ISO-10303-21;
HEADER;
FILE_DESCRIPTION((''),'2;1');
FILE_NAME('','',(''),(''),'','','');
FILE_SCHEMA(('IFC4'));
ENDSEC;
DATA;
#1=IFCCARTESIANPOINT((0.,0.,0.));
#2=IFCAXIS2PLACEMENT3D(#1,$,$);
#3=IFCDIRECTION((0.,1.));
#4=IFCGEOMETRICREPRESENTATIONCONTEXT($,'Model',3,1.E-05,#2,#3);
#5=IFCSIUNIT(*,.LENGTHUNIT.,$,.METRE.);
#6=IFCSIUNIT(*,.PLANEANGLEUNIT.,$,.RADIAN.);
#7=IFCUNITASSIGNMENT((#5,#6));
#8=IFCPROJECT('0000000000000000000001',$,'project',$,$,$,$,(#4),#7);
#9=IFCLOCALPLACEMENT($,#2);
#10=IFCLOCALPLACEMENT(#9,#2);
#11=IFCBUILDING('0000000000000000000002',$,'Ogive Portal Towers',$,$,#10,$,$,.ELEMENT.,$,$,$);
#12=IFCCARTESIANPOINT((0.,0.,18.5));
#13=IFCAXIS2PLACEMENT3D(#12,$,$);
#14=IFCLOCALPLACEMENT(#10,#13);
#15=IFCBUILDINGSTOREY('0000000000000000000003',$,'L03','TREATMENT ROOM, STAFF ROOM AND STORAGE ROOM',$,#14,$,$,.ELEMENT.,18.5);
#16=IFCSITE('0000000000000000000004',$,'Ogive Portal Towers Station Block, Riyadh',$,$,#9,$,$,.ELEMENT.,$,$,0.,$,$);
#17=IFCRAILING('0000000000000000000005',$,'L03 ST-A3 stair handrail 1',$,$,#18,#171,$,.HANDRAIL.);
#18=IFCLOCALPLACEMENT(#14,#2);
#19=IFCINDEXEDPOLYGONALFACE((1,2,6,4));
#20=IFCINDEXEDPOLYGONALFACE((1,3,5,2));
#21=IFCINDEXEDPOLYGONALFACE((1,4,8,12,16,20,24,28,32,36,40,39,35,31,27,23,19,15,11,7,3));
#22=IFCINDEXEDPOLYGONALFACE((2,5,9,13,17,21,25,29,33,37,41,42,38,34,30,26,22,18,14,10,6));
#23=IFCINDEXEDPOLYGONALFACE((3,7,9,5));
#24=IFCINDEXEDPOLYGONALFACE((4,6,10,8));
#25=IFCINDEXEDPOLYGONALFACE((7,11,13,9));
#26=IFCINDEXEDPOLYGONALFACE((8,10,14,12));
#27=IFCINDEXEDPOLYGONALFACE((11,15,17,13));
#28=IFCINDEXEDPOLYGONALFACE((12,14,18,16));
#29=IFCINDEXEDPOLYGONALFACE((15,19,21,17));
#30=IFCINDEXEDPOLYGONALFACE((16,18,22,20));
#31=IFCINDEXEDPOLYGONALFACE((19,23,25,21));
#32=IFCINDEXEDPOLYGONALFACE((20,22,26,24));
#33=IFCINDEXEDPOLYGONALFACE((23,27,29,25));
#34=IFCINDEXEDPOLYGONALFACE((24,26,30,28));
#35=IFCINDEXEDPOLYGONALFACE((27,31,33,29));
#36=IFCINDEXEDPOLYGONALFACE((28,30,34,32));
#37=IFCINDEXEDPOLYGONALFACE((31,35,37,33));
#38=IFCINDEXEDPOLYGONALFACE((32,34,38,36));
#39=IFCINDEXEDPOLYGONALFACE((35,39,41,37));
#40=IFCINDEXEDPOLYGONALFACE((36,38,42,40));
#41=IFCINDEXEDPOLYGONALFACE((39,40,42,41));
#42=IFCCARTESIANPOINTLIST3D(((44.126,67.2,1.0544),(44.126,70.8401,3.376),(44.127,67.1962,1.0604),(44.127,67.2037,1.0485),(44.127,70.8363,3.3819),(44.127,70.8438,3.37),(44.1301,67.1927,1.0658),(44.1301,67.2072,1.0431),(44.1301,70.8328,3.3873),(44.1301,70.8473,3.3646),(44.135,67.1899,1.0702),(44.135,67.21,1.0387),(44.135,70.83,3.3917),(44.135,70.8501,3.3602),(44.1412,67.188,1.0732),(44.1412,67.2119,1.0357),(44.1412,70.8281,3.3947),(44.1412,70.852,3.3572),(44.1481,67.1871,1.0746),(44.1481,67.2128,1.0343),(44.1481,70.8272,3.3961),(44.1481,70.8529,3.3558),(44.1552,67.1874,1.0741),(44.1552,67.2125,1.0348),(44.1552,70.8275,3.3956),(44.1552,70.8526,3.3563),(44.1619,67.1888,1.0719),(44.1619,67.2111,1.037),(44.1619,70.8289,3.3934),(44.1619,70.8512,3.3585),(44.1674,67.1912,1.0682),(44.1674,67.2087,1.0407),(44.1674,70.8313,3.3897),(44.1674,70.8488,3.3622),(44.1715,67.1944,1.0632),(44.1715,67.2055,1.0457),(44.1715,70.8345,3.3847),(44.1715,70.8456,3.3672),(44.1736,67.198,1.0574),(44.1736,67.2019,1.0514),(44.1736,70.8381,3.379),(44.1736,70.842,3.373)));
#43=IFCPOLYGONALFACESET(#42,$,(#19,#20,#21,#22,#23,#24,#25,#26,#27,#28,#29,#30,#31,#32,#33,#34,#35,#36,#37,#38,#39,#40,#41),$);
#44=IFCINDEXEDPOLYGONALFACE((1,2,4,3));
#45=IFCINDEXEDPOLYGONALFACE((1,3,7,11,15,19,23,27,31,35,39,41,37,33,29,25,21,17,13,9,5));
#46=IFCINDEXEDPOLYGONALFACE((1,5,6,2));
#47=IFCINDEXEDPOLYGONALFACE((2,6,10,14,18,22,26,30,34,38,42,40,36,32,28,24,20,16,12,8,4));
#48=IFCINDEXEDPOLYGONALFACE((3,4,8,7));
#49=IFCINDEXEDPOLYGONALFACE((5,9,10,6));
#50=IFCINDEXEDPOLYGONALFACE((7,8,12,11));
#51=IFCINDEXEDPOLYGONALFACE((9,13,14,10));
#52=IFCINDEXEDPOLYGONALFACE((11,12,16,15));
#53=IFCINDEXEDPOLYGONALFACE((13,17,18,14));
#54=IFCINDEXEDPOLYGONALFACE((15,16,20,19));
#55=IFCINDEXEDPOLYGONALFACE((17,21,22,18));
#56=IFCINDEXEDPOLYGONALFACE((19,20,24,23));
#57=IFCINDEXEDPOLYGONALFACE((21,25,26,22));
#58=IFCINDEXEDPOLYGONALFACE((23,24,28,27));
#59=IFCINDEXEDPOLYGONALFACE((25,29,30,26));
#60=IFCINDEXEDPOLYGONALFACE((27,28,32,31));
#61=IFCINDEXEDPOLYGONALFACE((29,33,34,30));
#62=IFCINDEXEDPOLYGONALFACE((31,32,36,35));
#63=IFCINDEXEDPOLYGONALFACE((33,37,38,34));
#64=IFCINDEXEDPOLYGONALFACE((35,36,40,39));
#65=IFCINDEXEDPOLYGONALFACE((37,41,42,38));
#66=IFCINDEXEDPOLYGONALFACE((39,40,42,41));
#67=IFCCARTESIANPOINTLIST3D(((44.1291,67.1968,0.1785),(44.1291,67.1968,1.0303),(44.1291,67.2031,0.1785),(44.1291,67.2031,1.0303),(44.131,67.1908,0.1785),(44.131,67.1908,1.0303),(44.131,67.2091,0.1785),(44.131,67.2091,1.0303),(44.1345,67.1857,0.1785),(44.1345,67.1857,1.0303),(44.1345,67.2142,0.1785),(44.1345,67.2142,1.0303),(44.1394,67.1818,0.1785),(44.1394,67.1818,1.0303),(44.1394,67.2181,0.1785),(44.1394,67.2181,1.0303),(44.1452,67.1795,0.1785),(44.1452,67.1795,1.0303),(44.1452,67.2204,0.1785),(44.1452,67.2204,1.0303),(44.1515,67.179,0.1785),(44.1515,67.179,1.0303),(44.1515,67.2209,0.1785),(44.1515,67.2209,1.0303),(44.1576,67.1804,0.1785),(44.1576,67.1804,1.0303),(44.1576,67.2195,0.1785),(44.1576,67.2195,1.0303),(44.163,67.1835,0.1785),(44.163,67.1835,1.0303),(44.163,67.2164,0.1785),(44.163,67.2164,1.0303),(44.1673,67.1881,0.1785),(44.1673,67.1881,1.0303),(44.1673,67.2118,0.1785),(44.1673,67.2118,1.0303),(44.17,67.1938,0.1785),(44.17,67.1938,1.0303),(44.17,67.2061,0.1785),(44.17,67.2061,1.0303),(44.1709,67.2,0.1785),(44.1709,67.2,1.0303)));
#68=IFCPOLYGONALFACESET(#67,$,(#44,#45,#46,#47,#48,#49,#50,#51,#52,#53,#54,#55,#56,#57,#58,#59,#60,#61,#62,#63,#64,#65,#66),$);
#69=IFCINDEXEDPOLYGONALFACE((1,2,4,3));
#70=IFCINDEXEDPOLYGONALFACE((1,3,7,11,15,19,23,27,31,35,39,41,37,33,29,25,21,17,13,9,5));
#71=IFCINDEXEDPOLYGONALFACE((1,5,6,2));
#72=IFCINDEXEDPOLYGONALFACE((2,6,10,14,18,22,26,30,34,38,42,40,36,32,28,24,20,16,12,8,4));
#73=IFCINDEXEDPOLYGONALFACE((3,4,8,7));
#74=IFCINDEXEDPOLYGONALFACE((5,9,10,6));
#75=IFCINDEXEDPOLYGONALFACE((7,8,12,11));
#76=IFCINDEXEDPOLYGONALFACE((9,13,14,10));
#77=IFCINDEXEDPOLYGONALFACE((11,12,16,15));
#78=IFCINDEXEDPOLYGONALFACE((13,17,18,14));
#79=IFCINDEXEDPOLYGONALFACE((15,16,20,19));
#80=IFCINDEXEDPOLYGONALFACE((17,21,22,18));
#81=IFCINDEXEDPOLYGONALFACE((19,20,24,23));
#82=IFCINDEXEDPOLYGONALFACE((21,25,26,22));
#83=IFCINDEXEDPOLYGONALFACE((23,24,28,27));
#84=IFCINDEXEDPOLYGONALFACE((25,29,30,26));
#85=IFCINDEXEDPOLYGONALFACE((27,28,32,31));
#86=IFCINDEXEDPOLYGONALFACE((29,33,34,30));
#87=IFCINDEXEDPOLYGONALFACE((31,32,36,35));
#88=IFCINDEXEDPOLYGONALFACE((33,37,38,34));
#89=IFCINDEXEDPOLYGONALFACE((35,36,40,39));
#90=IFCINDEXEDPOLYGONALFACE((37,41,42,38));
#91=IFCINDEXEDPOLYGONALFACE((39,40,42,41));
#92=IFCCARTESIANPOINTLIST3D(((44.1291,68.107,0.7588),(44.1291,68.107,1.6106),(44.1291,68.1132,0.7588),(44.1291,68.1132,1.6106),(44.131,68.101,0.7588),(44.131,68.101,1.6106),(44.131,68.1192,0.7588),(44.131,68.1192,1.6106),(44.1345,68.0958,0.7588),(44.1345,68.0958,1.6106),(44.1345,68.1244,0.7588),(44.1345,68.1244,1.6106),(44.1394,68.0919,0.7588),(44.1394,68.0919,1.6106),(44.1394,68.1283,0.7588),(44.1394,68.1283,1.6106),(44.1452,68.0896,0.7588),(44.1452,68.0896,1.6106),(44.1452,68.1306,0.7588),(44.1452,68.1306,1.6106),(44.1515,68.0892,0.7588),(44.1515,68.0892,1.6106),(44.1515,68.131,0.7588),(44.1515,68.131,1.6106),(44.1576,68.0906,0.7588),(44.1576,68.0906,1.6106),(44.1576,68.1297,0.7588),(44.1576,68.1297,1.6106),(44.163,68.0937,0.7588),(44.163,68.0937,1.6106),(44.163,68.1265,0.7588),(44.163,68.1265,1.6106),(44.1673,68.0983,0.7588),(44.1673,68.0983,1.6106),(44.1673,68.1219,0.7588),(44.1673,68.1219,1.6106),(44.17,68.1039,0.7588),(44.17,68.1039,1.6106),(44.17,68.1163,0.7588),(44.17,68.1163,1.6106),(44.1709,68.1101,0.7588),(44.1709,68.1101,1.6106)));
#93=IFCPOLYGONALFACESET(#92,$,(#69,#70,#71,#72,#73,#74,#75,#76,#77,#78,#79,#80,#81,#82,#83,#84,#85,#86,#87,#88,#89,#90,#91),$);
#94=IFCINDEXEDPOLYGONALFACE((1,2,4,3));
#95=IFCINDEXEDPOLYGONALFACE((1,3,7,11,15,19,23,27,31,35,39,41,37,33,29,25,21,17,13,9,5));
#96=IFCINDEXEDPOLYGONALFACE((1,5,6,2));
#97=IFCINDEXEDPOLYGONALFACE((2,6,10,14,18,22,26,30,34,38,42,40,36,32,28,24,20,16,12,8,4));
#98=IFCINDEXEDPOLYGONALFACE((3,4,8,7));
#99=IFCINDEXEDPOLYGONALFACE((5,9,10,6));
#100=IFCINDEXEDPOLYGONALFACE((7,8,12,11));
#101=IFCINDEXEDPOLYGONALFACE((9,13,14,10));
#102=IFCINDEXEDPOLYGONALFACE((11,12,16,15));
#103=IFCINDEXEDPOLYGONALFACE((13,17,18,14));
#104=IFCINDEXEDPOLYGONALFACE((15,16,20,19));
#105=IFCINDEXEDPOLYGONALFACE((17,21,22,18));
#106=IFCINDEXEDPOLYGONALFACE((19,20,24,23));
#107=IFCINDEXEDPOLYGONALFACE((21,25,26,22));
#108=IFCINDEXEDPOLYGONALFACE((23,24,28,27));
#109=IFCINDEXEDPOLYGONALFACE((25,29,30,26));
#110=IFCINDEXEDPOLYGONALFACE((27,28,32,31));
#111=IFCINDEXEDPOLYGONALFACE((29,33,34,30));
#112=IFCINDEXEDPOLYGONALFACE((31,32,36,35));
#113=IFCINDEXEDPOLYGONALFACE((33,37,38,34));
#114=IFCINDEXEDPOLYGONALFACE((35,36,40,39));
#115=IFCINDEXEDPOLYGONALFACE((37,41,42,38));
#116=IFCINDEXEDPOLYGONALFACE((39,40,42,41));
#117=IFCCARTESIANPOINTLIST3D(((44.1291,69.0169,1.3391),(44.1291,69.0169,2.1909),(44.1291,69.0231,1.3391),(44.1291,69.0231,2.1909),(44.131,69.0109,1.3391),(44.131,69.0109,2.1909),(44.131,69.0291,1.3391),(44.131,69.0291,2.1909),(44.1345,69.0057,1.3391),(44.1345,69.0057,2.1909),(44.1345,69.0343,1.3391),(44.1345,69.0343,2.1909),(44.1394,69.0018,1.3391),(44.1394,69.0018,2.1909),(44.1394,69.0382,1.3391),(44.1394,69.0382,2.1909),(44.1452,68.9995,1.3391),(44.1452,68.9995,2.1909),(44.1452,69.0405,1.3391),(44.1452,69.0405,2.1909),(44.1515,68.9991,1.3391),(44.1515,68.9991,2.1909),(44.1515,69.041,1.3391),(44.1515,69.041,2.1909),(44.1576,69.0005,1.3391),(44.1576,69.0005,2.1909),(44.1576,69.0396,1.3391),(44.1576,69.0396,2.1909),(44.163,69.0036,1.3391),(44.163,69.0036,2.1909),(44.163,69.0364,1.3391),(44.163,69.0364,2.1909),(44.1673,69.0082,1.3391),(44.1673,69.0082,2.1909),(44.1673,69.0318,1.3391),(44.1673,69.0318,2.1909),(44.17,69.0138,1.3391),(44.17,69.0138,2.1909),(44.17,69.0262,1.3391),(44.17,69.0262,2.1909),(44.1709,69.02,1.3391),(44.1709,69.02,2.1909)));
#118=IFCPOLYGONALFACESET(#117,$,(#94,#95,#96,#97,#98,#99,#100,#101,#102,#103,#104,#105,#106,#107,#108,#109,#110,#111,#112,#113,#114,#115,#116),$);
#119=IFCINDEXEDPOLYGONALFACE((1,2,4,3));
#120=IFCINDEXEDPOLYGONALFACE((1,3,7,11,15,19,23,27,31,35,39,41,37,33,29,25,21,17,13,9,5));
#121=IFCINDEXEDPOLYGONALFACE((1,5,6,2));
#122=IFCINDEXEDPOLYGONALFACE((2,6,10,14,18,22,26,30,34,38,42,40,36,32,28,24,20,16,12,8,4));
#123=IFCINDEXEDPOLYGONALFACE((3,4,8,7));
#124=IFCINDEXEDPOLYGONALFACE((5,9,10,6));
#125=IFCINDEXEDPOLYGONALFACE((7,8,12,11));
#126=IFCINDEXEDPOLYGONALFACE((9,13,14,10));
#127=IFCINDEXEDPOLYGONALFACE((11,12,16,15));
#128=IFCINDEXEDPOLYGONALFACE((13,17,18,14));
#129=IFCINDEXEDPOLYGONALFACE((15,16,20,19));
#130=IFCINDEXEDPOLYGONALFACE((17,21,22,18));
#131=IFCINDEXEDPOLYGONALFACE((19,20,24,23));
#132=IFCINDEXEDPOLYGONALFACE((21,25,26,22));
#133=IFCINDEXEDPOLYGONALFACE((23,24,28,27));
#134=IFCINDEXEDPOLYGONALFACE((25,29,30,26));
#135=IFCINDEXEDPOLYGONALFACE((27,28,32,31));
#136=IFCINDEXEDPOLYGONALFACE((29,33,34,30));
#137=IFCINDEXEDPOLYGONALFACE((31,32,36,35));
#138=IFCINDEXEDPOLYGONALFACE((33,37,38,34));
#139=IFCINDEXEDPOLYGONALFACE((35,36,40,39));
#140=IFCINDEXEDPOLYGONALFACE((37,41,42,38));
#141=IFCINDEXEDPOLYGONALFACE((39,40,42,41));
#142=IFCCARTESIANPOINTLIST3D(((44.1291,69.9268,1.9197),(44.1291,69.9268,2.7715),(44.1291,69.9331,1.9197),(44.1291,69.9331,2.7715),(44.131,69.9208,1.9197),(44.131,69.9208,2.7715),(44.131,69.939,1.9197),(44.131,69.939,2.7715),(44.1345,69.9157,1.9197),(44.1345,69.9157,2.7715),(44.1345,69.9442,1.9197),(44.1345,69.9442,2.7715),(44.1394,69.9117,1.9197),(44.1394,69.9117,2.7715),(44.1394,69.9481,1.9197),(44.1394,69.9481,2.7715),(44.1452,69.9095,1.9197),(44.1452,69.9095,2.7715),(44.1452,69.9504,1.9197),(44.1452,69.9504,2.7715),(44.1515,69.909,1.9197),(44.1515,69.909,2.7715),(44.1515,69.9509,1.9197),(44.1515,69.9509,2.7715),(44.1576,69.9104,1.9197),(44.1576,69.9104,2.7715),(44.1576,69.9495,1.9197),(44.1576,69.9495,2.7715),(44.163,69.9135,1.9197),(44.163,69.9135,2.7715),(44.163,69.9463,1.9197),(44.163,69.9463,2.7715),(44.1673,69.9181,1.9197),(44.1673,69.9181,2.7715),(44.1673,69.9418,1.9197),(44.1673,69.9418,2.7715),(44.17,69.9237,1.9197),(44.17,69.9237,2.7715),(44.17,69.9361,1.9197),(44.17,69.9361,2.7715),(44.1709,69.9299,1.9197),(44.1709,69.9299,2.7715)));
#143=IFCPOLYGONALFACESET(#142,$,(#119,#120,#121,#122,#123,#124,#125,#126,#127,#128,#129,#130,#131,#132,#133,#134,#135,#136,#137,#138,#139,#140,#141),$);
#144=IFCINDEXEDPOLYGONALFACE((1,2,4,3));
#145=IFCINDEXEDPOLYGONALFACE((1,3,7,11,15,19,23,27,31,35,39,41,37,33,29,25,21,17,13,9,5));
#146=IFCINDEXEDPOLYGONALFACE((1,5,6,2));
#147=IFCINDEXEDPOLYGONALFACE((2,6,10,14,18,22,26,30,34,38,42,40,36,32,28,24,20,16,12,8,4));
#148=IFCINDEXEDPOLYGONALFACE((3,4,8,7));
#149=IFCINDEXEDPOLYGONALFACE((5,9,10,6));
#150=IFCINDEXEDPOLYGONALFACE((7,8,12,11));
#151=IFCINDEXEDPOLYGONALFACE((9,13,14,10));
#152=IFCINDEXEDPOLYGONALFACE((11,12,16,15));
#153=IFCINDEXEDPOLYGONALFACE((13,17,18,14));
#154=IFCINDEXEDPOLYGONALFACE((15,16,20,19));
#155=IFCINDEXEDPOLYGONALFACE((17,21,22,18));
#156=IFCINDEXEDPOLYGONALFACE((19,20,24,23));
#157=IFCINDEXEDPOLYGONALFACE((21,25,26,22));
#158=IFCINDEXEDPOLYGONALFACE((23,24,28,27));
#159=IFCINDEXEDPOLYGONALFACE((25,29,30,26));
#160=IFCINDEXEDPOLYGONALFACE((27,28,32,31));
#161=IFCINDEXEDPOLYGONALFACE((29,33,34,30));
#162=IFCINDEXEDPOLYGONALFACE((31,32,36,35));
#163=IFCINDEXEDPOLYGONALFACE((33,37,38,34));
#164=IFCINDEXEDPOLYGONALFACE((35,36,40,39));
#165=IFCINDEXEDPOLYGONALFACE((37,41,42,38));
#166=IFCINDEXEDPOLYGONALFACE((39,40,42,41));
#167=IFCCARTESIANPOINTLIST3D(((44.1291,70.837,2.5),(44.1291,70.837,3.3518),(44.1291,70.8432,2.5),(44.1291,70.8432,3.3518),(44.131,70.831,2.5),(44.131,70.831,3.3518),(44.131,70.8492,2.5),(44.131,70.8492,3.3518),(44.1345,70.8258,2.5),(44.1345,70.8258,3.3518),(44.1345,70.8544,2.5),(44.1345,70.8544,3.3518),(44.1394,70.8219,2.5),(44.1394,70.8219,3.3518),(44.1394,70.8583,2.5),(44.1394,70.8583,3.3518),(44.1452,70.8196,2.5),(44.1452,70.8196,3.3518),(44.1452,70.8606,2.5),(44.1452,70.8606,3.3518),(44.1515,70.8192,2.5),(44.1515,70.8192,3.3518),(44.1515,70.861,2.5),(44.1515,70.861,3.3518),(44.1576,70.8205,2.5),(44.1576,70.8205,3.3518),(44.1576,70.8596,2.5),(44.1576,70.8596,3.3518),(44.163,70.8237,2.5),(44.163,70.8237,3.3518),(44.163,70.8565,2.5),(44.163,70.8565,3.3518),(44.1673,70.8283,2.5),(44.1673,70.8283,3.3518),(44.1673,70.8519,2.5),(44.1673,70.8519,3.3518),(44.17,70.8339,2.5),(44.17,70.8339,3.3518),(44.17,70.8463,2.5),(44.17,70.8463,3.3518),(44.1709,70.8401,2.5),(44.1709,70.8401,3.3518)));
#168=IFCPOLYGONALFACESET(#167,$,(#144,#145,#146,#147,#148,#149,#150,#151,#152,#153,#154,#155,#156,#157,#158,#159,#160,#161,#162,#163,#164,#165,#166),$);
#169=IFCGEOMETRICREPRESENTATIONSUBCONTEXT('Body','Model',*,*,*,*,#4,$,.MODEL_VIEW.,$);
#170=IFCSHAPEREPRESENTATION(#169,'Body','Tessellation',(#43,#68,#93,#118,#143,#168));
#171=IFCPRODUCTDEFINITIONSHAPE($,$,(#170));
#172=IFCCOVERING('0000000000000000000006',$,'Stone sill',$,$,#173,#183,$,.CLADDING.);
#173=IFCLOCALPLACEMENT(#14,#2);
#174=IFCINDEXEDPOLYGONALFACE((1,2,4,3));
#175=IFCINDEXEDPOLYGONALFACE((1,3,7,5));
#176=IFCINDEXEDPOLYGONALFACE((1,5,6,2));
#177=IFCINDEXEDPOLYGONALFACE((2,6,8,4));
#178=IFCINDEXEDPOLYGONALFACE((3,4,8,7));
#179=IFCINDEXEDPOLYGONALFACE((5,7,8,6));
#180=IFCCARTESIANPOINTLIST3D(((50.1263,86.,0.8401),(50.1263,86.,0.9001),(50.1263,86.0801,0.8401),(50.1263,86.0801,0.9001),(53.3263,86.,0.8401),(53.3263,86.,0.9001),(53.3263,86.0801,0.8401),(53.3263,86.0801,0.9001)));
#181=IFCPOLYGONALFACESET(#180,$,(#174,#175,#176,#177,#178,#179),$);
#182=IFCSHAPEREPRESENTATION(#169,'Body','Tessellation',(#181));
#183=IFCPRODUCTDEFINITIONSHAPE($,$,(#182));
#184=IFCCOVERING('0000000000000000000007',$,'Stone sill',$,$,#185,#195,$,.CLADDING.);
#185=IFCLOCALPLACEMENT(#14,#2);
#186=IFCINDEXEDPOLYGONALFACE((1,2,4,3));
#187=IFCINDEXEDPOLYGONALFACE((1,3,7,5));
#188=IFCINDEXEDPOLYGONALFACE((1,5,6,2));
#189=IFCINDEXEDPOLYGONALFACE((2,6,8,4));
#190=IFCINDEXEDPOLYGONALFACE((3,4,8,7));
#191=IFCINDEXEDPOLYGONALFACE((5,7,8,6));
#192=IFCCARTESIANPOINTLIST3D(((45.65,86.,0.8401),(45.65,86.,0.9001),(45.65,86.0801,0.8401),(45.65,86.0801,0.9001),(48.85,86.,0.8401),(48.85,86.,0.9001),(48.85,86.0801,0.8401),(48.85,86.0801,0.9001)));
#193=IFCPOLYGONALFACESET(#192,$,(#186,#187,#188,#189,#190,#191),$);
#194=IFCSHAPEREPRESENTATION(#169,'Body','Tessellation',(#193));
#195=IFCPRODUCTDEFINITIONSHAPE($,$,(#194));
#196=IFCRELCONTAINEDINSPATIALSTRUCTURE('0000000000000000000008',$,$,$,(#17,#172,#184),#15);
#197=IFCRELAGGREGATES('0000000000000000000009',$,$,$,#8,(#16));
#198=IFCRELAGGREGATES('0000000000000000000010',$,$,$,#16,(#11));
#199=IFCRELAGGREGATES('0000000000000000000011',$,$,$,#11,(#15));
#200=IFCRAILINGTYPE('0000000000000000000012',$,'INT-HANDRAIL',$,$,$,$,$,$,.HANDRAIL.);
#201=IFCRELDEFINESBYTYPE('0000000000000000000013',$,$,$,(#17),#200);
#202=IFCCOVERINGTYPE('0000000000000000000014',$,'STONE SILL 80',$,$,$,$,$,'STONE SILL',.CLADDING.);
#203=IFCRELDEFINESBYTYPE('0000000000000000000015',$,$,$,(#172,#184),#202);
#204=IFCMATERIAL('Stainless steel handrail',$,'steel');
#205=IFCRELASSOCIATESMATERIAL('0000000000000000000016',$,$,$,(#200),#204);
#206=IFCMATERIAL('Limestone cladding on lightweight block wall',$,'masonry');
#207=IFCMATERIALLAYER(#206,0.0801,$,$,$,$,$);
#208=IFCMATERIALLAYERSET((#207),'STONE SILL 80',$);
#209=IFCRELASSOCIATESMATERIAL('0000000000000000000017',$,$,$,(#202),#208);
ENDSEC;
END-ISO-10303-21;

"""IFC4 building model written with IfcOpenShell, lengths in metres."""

from ifc_helpers import new_model, si_unit, direction, frame, origin, origin_2d, place, context, subcontext, project, spatial, rectangle, circle, extrude, material, layer, layer_set, type_object, element, save


model = new_model("IFC4")

# Units and contexts
model_context = context("Model", 3, precision=1e-05, world=origin(), true_north=direction((0.0, 1.0)))
body_context = subcontext(model_context, "Body", "Model", "MODEL_VIEW")
ifc_project = project(units=[si_unit("LENGTHUNIT", "METRE"), si_unit("PLANEANGLEUNIT", "RADIAN")], contexts=[model_context])

# Site, building, storey
site_placement = place(None, origin())
site = spatial("IfcSite", under=ifc_project, at=site_placement, Name="Ogive Portal Towers Station Block, Riyadh", CompositionType="ELEMENT", RefElevation=0.0)
building_placement = place(site_placement, origin())
building = spatial("IfcBuilding", under=site, at=building_placement, Name="Ogive Portal Towers", CompositionType="ELEMENT")
storey_placement = place(building_placement, frame((0.0, 0.0, 18.5)))
storey = spatial("IfcBuildingStorey", under=building, at=storey_placement, Name="L03", Description="TREATMENT ROOM, STAFF ROOM AND STORAGE ROOM", CompositionType="ELEMENT", Elevation=18.5)

# Shared definitions
ifc_material_1 = material(Name="Limestone cladding on lightweight block wall", Category="masonry")

# Railing
ifc_material_2 = material(Name="Stainless steel handrail", Category="steel")
railing_type = type_object("IfcRailingType", Name="INT-HANDRAIL", PredefinedType="HANDRAIL", material=ifc_material_2)
railing_placement = place(storey_placement, frame((44.1499, 67.2, 0.1785)))
element("IfcRailing", 1, at=railing_placement, inside=storey, type_object=railing_type, Name="L03 ST-A3 stair handrail 1", PredefinedType="HANDRAIL", context=body_context, shape_type="SweptSolid", body=[
    extrude(circle(Radius=0.0239, at=origin_2d()), frame((0.0, 0.0, 0.876), z_axis=(0.0, 0.843128, 0.537713), x_axis=(-1.0, 0.0, 0.0)), (0.0, 0.0, 1.0), 4.3174),
    extrude(circle(Radius=0.021, at=origin_2d()), origin(), (0.0, 0.0, 1.0), 0.8518),
    extrude(circle(Radius=0.021, at=origin_2d()), frame((0.0, 0.9102, 0.5803)), (0.0, 0.0, 1.0), 0.8518),
    extrude(circle(Radius=0.021, at=origin_2d()), frame((0.0, 1.8201, 1.1606)), (0.0, 0.0, 1.0), 0.8518),
    extrude(circle(Radius=0.021, at=origin_2d()), frame((0.0, 2.73, 1.7412)), (0.0, 0.0, 1.0), 0.8518),
    extrude(circle(Radius=0.021, at=origin_2d()), frame((0.0, 3.6401, 2.3215)), (0.0, 0.0, 1.0), 0.8518),
])

# Coverings
ifc_layer_1 = layer(ifc_material_1, 0.0801)
ifc_layer_set_1 = layer_set([ifc_layer_1], Name="STONE SILL 80")
covering_type = type_object("IfcCoveringType", Name="STONE SILL 80", ElementType="STONE SILL", PredefinedType="CLADDING", material=ifc_layer_set_1)
for number, where, z_axis, x_axis, name in (
    (2, (51.7263, 86.04, 0.8401), (0.0, 0.0, 1.0), (-1.0, 0.0, 0.0), "Stone sill"),
    (3, (47.25, 86.04, 0.8401), (0.0, 0.0, 1.0), (-1.0, 0.0, 0.0), "Stone sill"),
):
    element("IfcCovering", number, at=place(storey_placement, frame(where, z_axis=z_axis, x_axis=x_axis)), inside=storey, type_object=covering_type, Name=name, PredefinedType="CLADDING", context=body_context, shape_type="SweptSolid", body=[
        extrude(rectangle(XDim=3.2, YDim=0.0801, at=origin_2d()), origin(), (0.0, 0.0, 1.0), 0.0601),
    ])

save(model, "model.ifc")
